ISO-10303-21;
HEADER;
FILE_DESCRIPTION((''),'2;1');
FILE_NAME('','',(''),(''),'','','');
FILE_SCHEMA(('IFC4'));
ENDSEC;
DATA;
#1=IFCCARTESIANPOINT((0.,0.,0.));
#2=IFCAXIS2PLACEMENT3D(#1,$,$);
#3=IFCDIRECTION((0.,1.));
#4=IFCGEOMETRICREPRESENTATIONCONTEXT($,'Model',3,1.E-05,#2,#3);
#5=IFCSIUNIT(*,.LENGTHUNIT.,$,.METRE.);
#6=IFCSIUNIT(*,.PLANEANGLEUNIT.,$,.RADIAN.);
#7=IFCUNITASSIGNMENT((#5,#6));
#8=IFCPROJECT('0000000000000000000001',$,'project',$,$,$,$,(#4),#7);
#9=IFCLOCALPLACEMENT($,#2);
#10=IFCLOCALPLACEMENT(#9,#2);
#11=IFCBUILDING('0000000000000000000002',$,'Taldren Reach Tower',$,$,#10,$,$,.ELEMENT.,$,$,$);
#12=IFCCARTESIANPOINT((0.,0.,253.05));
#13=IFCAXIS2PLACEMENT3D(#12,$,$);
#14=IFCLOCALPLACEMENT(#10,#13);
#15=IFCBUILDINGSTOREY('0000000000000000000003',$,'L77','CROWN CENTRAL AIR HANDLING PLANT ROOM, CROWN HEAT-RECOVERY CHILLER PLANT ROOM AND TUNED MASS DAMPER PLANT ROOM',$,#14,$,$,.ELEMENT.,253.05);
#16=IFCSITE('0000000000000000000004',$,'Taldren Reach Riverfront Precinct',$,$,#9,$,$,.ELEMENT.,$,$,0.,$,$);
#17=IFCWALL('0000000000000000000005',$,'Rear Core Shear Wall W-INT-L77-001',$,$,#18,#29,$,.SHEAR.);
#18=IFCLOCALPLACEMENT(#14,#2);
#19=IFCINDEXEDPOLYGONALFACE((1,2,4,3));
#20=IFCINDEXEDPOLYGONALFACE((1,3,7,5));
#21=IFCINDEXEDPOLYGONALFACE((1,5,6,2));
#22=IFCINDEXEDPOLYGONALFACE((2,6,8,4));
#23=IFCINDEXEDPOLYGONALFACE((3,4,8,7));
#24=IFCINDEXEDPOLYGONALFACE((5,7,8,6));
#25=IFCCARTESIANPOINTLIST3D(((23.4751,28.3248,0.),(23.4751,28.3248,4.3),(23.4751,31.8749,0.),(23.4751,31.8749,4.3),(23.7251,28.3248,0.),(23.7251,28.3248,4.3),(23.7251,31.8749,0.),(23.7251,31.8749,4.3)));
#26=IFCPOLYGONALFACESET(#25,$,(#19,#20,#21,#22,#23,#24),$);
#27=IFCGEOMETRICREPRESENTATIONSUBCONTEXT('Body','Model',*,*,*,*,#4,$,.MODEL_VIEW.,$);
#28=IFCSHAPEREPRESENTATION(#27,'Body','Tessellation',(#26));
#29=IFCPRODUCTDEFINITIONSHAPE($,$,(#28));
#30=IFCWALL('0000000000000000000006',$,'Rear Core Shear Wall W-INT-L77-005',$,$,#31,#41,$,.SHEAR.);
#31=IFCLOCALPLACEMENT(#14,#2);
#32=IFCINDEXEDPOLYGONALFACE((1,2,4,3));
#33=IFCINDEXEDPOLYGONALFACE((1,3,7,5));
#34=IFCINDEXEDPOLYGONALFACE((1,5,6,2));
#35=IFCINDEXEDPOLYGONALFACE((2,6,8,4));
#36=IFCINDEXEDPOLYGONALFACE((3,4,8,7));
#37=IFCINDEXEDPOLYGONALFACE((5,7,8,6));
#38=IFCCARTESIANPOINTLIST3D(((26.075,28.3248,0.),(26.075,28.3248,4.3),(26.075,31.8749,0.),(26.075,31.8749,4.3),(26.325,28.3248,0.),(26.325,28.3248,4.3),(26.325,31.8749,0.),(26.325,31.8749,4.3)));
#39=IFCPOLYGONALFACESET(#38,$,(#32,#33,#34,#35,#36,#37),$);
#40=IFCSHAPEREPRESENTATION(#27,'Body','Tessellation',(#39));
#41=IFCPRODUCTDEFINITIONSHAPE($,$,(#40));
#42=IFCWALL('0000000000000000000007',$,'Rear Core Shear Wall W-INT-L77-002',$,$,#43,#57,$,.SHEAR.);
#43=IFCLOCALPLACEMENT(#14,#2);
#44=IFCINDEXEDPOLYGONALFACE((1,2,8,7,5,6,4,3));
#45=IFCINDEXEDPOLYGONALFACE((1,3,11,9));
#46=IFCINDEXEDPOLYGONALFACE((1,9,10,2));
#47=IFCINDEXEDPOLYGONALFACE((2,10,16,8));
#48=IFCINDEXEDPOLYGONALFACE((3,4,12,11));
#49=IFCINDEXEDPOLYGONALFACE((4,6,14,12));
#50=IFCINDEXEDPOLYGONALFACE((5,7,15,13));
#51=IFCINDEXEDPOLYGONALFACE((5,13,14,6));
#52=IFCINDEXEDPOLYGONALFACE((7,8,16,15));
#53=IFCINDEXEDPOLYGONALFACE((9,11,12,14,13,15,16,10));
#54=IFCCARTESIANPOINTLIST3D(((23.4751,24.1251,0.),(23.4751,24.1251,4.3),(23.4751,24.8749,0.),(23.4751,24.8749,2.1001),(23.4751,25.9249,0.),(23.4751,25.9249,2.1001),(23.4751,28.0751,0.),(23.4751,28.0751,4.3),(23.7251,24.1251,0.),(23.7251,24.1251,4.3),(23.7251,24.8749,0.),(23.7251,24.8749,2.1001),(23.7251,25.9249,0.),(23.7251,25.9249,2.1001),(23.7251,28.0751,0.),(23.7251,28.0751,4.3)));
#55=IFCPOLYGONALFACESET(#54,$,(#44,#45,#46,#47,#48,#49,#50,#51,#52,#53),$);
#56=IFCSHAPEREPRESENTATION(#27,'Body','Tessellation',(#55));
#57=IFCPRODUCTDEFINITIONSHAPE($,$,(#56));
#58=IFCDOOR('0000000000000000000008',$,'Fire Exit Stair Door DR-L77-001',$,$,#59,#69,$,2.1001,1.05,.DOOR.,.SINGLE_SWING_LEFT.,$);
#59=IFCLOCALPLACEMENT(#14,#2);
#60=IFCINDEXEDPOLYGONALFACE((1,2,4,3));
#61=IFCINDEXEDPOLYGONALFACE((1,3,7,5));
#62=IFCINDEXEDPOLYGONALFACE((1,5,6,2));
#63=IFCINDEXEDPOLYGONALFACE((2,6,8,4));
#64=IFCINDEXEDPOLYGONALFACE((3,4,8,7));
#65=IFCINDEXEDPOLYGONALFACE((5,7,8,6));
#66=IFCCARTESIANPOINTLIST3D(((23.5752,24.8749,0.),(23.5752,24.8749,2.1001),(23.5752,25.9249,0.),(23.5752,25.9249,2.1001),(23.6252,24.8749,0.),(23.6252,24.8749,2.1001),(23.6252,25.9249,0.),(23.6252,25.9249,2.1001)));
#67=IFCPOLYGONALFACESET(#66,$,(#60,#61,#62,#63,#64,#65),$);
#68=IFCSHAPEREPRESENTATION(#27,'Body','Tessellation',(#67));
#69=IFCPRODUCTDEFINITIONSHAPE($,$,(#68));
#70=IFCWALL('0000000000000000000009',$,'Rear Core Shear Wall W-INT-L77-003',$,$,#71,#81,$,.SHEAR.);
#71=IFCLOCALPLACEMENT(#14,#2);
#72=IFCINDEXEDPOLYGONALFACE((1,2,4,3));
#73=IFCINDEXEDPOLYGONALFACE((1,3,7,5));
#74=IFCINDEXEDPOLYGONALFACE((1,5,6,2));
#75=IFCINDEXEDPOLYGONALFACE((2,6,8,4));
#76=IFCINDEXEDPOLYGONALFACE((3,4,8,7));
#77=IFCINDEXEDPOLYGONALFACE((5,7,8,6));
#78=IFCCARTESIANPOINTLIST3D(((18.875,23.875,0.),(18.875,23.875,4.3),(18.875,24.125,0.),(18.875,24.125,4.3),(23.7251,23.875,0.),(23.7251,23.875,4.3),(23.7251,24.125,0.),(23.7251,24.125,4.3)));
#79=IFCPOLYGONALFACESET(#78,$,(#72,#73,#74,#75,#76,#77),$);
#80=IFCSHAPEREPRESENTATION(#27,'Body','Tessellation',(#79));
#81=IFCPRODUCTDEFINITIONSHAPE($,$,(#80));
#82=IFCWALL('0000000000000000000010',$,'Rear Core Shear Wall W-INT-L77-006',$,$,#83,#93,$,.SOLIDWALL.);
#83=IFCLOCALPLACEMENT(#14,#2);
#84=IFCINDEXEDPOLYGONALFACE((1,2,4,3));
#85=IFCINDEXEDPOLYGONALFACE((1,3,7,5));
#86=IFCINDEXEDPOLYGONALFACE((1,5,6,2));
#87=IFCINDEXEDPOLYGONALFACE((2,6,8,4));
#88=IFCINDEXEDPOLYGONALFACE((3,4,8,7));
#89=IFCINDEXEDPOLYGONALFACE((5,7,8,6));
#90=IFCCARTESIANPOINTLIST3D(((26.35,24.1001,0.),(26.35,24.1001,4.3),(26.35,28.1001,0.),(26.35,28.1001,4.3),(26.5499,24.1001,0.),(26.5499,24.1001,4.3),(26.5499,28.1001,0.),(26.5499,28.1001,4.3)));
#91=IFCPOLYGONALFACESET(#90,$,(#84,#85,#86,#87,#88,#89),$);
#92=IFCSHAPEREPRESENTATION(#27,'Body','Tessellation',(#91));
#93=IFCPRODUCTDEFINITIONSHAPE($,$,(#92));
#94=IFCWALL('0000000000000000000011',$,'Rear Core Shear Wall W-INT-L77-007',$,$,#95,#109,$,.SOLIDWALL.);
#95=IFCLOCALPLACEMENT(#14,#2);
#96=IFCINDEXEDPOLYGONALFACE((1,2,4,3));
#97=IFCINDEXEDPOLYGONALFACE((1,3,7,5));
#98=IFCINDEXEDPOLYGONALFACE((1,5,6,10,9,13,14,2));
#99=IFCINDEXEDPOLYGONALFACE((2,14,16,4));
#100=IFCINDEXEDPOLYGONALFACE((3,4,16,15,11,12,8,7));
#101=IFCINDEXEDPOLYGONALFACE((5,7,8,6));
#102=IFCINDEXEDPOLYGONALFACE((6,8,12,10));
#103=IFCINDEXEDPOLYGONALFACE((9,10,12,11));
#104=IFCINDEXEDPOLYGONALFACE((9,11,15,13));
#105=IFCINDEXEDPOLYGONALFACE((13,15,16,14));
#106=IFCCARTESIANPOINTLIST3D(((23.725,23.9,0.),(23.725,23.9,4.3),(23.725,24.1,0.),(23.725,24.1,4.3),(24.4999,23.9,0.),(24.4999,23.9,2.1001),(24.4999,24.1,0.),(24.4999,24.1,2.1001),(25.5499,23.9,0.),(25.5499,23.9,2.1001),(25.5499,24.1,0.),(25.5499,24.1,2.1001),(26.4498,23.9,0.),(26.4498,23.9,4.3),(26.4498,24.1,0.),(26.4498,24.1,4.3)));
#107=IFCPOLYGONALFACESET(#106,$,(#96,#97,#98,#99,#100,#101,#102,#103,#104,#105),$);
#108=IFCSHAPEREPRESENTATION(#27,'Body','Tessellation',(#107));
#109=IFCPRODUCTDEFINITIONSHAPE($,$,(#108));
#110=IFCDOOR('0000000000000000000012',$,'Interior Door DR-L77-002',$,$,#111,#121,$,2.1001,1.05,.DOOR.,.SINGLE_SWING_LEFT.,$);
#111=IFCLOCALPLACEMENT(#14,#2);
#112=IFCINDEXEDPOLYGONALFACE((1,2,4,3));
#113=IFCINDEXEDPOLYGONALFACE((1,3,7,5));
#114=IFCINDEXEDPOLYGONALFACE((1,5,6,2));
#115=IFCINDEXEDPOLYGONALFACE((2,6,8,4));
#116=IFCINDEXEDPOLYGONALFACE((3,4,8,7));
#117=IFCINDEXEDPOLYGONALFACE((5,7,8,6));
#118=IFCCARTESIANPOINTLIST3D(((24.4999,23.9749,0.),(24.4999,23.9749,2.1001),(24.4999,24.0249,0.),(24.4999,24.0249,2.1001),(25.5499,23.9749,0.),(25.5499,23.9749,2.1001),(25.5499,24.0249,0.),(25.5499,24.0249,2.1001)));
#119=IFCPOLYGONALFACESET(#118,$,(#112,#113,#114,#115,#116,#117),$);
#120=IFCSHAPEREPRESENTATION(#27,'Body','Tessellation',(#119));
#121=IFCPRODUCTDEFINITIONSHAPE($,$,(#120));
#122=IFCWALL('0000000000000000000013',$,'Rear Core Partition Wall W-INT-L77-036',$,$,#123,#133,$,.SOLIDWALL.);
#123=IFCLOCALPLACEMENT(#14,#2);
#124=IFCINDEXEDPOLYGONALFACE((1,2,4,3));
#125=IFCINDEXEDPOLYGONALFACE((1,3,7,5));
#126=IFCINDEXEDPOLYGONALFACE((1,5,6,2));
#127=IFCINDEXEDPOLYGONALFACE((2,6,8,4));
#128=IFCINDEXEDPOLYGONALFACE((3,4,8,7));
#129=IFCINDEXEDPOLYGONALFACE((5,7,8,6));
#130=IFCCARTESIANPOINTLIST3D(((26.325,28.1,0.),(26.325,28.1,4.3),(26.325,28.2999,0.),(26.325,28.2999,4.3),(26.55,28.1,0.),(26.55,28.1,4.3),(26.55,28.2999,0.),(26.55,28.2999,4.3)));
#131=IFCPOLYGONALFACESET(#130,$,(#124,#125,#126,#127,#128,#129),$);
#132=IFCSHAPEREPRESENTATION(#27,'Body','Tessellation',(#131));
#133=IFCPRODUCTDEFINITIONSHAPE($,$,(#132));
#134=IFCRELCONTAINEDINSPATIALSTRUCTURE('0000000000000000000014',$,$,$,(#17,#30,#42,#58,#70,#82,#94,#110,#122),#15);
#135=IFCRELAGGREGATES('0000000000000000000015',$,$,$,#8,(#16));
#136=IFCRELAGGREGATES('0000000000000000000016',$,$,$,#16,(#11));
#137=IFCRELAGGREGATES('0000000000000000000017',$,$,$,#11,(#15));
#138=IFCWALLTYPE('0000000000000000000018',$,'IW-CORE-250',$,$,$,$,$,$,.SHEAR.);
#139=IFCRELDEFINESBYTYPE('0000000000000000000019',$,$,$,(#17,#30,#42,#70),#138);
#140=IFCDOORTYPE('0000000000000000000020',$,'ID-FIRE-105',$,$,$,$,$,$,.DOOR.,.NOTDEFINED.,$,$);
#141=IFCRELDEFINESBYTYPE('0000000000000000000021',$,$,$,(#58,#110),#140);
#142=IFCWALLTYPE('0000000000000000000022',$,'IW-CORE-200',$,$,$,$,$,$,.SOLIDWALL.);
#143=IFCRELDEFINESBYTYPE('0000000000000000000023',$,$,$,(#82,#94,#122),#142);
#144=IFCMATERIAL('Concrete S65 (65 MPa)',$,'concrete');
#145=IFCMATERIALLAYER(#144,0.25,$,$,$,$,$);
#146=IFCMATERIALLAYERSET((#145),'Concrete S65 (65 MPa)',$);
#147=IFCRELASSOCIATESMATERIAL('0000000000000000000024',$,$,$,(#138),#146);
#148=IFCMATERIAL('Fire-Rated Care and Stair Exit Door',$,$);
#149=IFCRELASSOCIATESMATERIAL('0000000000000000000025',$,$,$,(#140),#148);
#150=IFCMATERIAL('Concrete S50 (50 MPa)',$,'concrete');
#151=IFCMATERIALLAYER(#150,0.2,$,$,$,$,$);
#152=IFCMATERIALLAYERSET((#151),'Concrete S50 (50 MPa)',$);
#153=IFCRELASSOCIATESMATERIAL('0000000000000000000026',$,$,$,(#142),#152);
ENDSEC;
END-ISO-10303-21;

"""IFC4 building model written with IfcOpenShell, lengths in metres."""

from ifc_helpers import new_model, si_unit, direction, frame, frame_2d, origin, place, context, subcontext, project, spatial, rectangle, extrude, source, transform, mapped, material, layer, layer_set, type_object, element, fill, save


model = new_model("IFC4")

# Units and contexts
model_context = context("Model", 3, precision=1e-05, world=origin(), true_north=direction((0.0, 1.0)))
body_context = subcontext(model_context, "Body", "Model", "MODEL_VIEW")
ifc_project = project(units=[si_unit("LENGTHUNIT", "METRE"), si_unit("PLANEANGLEUNIT", "RADIAN")], contexts=[model_context])

# Site, building, storey
site_placement = place(None, origin())
site = spatial("IfcSite", under=ifc_project, at=site_placement, Name="Taldren Reach Riverfront Precinct", CompositionType="ELEMENT", RefElevation=0.0)
building_placement = place(site_placement, origin())
building = spatial("IfcBuilding", under=site, at=building_placement, Name="Taldren Reach Tower", CompositionType="ELEMENT")
storey_placement = place(building_placement, frame((0.0, 0.0, 253.05)))
storey = spatial("IfcBuildingStorey", under=building, at=storey_placement, Name="L77", Description="CROWN CENTRAL AIR HANDLING PLANT ROOM, CROWN HEAT-RECOVERY CHILLER PLANT ROOM AND TUNED MASS DAMPER PLANT ROOM", CompositionType="ELEMENT", Elevation=253.05)

# Walls
ifc_material_1 = material(Name="Concrete S65 (65 MPa)", Category="concrete")
ifc_layer_1 = layer(ifc_material_1, 0.25)
ifc_layer_set_1 = layer_set([ifc_layer_1], Name="Concrete S65 (65 MPa)")
wall_type_1 = type_object("IfcWallType", Name="IW-CORE-250", PredefinedType="SHEAR", material=ifc_layer_set_1)
shared_shape_1 = source(origin(), body_context, "Body", "SweptSolid", [
    extrude(rectangle(XDim=3.55, YDim=0.25, at=frame_2d((1.7749, 0.0))), origin(), (0.0, 0.0, 1.0), 4.3),
])
for number, where, z_axis, x_axis, name in (
    (1, (23.6001, 28.325, 0.0), (0.0, 0.0, 1.0), (0.0, 1.0, 0.0), "Rear Core Shear Wall W-INT-L77-001"),
    (2, (26.2, 28.325, 0.0), (0.0, 0.0, 1.0), (0.0, 1.0, 0.0), "Rear Core Shear Wall W-INT-L77-005"),
):
    element("IfcWall", number, at=place(storey_placement, frame(where, z_axis=z_axis, x_axis=x_axis)), inside=storey, type_object=wall_type_1, Name=name, PredefinedType="SHEAR", context=body_context, shape_type="MappedRepresentation", body=[
        mapped(shared_shape_1, transform((0.0, 0.0, 0.0), scale=1.0)),
    ])

# Wall, opening, door
shared_shape_2 = source(origin(), body_context, "Body", "SweptSolid", [
    extrude(rectangle(XDim=3.95, YDim=0.25, at=frame_2d((1.9751, 0.0))), origin(), (0.0, 0.0, 1.0), 4.3),
])
wall_1_placement = place(storey_placement, frame((23.6001, 24.125, 0.0), z_axis=(0.0, 0.0, 1.0), x_axis=(0.0, 1.0, 0.0)))
wall_1 = element("IfcWall", 3, at=wall_1_placement, inside=storey, type_object=wall_type_1, Name="Rear Core Shear Wall W-INT-L77-002", PredefinedType="SHEAR", context=body_context, shape_type="MappedRepresentation", body=[
    mapped(shared_shape_2, transform((0.0, 0.0, 0.0), scale=1.0)),
])
shared_shape_3 = source(origin(), body_context, "Body", "SweptSolid", [
    extrude(rectangle(XDim=1.05, YDim=2.1001, at=frame_2d((0.5249, 1.05))), frame((0.0, 0.135, 0.0), z_axis=(0.0, -1.0, 0.0), x_axis=(1.0, 0.0, 0.0)), (0.0, 0.0, 1.0), 0.27),
])
opening_1_placement = place(wall_1_placement, frame((0.75, 0.0, 0.0)))
opening_1 = element("IfcOpeningElement", 4, at=opening_1_placement, cuts=wall_1, PredefinedType="OPENING", context=body_context, shape_type="MappedRepresentation", body=[
    mapped(shared_shape_3, transform((0.0, 0.0, 0.0), scale=1.0)),
])
ifc_material_2 = material(Name="Fire-Rated Care and Stair Exit Door")
door_type_1 = type_object("IfcDoorType", Name="ID-FIRE-105", OperationType="NOTDEFINED", PredefinedType="DOOR", material=ifc_material_2)
shared_shape_4 = source(origin(), body_context, "Body", "SweptSolid", [
    extrude(rectangle(XDim=1.05, YDim=2.1001, at=frame_2d((0.5249, 1.05))), frame((0.0, 0.0249, 0.0), z_axis=(0.0, -1.0, 0.0), x_axis=(1.0, 0.0, 0.0)), (0.0, 0.0, 1.0), 0.05),
])
door_1_placement = place(opening_1_placement, origin())
door_1 = element("IfcDoor", 5, at=door_1_placement, inside=storey, type_object=door_type_1, Name="Fire Exit Stair Door DR-L77-001", OperationType="SINGLE_SWING_LEFT", OverallHeight=2.1001, OverallWidth=1.05, PredefinedType="DOOR", context=body_context, shape_type="MappedRepresentation", body=[
    mapped(shared_shape_4, transform((0.0, 0.0, 0.0), scale=1.0)),
])
fill(opening_1, door_1)

# Wall
shared_shape_5 = source(origin(), body_context, "Body", "SweptSolid", [
    extrude(rectangle(XDim=4.8501, YDim=0.25, at=frame_2d((2.425, 0.0))), origin(), (0.0, 0.0, 1.0), 4.3),
])
wall_2_placement = place(storey_placement, frame((18.875, 24.0, 0.0), z_axis=(0.0, 0.0, 1.0), x_axis=(1.0, 0.0, 0.0)))
element("IfcWall", 6, at=wall_2_placement, inside=storey, type_object=wall_type_1, Name="Rear Core Shear Wall W-INT-L77-003", PredefinedType="SHEAR", context=body_context, shape_type="MappedRepresentation", body=[
    mapped(shared_shape_5, transform((0.0, 0.0, 0.0), scale=1.0)),
])

# Wall
ifc_material_3 = material(Name="Concrete S50 (50 MPa)", Category="concrete")
ifc_layer_2 = layer(ifc_material_3, 0.2)
ifc_layer_set_2 = layer_set([ifc_layer_2], Name="Concrete S50 (50 MPa)")
wall_type_2 = type_object("IfcWallType", Name="IW-CORE-200", PredefinedType="SOLIDWALL", material=ifc_layer_set_2)
shared_shape_6 = source(origin(), body_context, "Body", "SweptSolid", [
    extrude(rectangle(XDim=4.0, YDim=0.2, at=frame_2d((2.0, 0.0))), origin(), (0.0, 0.0, 1.0), 4.3),
])
wall_3_placement = place(storey_placement, frame((26.45, 24.1001, 0.0), z_axis=(0.0, 0.0, 1.0), x_axis=(0.0, 1.0, 0.0)))
element("IfcWall", 7, at=wall_3_placement, inside=storey, type_object=wall_type_2, Name="Rear Core Shear Wall W-INT-L77-006", PredefinedType="SOLIDWALL", context=body_context, shape_type="MappedRepresentation", body=[
    mapped(shared_shape_6, transform((0.0, 0.0, 0.0), scale=1.0)),
])

# Wall, opening, door
shared_shape_7 = source(origin(), body_context, "Body", "SweptSolid", [
    extrude(rectangle(XDim=2.7249, YDim=0.2, at=frame_2d((1.3623, 0.0))), origin(), (0.0, 0.0, 1.0), 4.3),
])
wall_4_placement = place(storey_placement, frame((23.7251, 24.0, 0.0), z_axis=(0.0, 0.0, 1.0), x_axis=(1.0, 0.0, 0.0)))
wall_4 = element("IfcWall", 8, at=wall_4_placement, inside=storey, type_object=wall_type_2, Name="Rear Core Shear Wall W-INT-L77-007", PredefinedType="SOLIDWALL", context=body_context, shape_type="MappedRepresentation", body=[
    mapped(shared_shape_7, transform((0.0, 0.0, 0.0), scale=1.0)),
])
shared_shape_8 = source(origin(), body_context, "Body", "SweptSolid", [
    extrude(rectangle(XDim=1.05, YDim=2.1001, at=frame_2d((0.5249, 1.05))), frame((0.0, 0.1099, 0.0), z_axis=(0.0, -1.0, 0.0), x_axis=(1.0, 0.0, 0.0)), (0.0, 0.0, 1.0), 0.22),
])
opening_2_placement = place(wall_4_placement, frame((0.7749, 0.0, 0.0)))
opening_2 = element("IfcOpeningElement", 9, at=opening_2_placement, cuts=wall_4, PredefinedType="OPENING", context=body_context, shape_type="MappedRepresentation", body=[
    mapped(shared_shape_8, transform((0.0, 0.0, 0.0), scale=1.0)),
])
door_2_placement = place(opening_2_placement, origin())
door_2 = element("IfcDoor", 10, at=door_2_placement, inside=storey, type_object=door_type_1, Name="Interior Door DR-L77-002", OperationType="SINGLE_SWING_LEFT", OverallHeight=2.1001, OverallWidth=1.05, PredefinedType="DOOR", context=body_context, shape_type="MappedRepresentation", body=[
    mapped(shared_shape_4, transform((0.0, 0.0, 0.0), scale=1.0)),
])
fill(opening_2, door_2)

# Wall
shared_shape_9 = source(origin(), body_context, "Body", "SweptSolid", [
    extrude(rectangle(XDim=0.2251, YDim=0.2, at=frame_2d((0.1125, 0.0))), origin(), (0.0, 0.0, 1.0), 4.3),
])
wall_5_placement = place(storey_placement, frame((26.325, 28.2, 0.0), z_axis=(0.0, 0.0, 1.0), x_axis=(1.0, 0.0, 0.0)))
element("IfcWall", 11, at=wall_5_placement, inside=storey, type_object=wall_type_2, Name="Rear Core Partition Wall W-INT-L77-036", PredefinedType="SOLIDWALL", context=body_context, shape_type="MappedRepresentation", body=[
    mapped(shared_shape_9, transform((0.0, 0.0, 0.0), scale=1.0)),
])

save(model, "model.ifc")
